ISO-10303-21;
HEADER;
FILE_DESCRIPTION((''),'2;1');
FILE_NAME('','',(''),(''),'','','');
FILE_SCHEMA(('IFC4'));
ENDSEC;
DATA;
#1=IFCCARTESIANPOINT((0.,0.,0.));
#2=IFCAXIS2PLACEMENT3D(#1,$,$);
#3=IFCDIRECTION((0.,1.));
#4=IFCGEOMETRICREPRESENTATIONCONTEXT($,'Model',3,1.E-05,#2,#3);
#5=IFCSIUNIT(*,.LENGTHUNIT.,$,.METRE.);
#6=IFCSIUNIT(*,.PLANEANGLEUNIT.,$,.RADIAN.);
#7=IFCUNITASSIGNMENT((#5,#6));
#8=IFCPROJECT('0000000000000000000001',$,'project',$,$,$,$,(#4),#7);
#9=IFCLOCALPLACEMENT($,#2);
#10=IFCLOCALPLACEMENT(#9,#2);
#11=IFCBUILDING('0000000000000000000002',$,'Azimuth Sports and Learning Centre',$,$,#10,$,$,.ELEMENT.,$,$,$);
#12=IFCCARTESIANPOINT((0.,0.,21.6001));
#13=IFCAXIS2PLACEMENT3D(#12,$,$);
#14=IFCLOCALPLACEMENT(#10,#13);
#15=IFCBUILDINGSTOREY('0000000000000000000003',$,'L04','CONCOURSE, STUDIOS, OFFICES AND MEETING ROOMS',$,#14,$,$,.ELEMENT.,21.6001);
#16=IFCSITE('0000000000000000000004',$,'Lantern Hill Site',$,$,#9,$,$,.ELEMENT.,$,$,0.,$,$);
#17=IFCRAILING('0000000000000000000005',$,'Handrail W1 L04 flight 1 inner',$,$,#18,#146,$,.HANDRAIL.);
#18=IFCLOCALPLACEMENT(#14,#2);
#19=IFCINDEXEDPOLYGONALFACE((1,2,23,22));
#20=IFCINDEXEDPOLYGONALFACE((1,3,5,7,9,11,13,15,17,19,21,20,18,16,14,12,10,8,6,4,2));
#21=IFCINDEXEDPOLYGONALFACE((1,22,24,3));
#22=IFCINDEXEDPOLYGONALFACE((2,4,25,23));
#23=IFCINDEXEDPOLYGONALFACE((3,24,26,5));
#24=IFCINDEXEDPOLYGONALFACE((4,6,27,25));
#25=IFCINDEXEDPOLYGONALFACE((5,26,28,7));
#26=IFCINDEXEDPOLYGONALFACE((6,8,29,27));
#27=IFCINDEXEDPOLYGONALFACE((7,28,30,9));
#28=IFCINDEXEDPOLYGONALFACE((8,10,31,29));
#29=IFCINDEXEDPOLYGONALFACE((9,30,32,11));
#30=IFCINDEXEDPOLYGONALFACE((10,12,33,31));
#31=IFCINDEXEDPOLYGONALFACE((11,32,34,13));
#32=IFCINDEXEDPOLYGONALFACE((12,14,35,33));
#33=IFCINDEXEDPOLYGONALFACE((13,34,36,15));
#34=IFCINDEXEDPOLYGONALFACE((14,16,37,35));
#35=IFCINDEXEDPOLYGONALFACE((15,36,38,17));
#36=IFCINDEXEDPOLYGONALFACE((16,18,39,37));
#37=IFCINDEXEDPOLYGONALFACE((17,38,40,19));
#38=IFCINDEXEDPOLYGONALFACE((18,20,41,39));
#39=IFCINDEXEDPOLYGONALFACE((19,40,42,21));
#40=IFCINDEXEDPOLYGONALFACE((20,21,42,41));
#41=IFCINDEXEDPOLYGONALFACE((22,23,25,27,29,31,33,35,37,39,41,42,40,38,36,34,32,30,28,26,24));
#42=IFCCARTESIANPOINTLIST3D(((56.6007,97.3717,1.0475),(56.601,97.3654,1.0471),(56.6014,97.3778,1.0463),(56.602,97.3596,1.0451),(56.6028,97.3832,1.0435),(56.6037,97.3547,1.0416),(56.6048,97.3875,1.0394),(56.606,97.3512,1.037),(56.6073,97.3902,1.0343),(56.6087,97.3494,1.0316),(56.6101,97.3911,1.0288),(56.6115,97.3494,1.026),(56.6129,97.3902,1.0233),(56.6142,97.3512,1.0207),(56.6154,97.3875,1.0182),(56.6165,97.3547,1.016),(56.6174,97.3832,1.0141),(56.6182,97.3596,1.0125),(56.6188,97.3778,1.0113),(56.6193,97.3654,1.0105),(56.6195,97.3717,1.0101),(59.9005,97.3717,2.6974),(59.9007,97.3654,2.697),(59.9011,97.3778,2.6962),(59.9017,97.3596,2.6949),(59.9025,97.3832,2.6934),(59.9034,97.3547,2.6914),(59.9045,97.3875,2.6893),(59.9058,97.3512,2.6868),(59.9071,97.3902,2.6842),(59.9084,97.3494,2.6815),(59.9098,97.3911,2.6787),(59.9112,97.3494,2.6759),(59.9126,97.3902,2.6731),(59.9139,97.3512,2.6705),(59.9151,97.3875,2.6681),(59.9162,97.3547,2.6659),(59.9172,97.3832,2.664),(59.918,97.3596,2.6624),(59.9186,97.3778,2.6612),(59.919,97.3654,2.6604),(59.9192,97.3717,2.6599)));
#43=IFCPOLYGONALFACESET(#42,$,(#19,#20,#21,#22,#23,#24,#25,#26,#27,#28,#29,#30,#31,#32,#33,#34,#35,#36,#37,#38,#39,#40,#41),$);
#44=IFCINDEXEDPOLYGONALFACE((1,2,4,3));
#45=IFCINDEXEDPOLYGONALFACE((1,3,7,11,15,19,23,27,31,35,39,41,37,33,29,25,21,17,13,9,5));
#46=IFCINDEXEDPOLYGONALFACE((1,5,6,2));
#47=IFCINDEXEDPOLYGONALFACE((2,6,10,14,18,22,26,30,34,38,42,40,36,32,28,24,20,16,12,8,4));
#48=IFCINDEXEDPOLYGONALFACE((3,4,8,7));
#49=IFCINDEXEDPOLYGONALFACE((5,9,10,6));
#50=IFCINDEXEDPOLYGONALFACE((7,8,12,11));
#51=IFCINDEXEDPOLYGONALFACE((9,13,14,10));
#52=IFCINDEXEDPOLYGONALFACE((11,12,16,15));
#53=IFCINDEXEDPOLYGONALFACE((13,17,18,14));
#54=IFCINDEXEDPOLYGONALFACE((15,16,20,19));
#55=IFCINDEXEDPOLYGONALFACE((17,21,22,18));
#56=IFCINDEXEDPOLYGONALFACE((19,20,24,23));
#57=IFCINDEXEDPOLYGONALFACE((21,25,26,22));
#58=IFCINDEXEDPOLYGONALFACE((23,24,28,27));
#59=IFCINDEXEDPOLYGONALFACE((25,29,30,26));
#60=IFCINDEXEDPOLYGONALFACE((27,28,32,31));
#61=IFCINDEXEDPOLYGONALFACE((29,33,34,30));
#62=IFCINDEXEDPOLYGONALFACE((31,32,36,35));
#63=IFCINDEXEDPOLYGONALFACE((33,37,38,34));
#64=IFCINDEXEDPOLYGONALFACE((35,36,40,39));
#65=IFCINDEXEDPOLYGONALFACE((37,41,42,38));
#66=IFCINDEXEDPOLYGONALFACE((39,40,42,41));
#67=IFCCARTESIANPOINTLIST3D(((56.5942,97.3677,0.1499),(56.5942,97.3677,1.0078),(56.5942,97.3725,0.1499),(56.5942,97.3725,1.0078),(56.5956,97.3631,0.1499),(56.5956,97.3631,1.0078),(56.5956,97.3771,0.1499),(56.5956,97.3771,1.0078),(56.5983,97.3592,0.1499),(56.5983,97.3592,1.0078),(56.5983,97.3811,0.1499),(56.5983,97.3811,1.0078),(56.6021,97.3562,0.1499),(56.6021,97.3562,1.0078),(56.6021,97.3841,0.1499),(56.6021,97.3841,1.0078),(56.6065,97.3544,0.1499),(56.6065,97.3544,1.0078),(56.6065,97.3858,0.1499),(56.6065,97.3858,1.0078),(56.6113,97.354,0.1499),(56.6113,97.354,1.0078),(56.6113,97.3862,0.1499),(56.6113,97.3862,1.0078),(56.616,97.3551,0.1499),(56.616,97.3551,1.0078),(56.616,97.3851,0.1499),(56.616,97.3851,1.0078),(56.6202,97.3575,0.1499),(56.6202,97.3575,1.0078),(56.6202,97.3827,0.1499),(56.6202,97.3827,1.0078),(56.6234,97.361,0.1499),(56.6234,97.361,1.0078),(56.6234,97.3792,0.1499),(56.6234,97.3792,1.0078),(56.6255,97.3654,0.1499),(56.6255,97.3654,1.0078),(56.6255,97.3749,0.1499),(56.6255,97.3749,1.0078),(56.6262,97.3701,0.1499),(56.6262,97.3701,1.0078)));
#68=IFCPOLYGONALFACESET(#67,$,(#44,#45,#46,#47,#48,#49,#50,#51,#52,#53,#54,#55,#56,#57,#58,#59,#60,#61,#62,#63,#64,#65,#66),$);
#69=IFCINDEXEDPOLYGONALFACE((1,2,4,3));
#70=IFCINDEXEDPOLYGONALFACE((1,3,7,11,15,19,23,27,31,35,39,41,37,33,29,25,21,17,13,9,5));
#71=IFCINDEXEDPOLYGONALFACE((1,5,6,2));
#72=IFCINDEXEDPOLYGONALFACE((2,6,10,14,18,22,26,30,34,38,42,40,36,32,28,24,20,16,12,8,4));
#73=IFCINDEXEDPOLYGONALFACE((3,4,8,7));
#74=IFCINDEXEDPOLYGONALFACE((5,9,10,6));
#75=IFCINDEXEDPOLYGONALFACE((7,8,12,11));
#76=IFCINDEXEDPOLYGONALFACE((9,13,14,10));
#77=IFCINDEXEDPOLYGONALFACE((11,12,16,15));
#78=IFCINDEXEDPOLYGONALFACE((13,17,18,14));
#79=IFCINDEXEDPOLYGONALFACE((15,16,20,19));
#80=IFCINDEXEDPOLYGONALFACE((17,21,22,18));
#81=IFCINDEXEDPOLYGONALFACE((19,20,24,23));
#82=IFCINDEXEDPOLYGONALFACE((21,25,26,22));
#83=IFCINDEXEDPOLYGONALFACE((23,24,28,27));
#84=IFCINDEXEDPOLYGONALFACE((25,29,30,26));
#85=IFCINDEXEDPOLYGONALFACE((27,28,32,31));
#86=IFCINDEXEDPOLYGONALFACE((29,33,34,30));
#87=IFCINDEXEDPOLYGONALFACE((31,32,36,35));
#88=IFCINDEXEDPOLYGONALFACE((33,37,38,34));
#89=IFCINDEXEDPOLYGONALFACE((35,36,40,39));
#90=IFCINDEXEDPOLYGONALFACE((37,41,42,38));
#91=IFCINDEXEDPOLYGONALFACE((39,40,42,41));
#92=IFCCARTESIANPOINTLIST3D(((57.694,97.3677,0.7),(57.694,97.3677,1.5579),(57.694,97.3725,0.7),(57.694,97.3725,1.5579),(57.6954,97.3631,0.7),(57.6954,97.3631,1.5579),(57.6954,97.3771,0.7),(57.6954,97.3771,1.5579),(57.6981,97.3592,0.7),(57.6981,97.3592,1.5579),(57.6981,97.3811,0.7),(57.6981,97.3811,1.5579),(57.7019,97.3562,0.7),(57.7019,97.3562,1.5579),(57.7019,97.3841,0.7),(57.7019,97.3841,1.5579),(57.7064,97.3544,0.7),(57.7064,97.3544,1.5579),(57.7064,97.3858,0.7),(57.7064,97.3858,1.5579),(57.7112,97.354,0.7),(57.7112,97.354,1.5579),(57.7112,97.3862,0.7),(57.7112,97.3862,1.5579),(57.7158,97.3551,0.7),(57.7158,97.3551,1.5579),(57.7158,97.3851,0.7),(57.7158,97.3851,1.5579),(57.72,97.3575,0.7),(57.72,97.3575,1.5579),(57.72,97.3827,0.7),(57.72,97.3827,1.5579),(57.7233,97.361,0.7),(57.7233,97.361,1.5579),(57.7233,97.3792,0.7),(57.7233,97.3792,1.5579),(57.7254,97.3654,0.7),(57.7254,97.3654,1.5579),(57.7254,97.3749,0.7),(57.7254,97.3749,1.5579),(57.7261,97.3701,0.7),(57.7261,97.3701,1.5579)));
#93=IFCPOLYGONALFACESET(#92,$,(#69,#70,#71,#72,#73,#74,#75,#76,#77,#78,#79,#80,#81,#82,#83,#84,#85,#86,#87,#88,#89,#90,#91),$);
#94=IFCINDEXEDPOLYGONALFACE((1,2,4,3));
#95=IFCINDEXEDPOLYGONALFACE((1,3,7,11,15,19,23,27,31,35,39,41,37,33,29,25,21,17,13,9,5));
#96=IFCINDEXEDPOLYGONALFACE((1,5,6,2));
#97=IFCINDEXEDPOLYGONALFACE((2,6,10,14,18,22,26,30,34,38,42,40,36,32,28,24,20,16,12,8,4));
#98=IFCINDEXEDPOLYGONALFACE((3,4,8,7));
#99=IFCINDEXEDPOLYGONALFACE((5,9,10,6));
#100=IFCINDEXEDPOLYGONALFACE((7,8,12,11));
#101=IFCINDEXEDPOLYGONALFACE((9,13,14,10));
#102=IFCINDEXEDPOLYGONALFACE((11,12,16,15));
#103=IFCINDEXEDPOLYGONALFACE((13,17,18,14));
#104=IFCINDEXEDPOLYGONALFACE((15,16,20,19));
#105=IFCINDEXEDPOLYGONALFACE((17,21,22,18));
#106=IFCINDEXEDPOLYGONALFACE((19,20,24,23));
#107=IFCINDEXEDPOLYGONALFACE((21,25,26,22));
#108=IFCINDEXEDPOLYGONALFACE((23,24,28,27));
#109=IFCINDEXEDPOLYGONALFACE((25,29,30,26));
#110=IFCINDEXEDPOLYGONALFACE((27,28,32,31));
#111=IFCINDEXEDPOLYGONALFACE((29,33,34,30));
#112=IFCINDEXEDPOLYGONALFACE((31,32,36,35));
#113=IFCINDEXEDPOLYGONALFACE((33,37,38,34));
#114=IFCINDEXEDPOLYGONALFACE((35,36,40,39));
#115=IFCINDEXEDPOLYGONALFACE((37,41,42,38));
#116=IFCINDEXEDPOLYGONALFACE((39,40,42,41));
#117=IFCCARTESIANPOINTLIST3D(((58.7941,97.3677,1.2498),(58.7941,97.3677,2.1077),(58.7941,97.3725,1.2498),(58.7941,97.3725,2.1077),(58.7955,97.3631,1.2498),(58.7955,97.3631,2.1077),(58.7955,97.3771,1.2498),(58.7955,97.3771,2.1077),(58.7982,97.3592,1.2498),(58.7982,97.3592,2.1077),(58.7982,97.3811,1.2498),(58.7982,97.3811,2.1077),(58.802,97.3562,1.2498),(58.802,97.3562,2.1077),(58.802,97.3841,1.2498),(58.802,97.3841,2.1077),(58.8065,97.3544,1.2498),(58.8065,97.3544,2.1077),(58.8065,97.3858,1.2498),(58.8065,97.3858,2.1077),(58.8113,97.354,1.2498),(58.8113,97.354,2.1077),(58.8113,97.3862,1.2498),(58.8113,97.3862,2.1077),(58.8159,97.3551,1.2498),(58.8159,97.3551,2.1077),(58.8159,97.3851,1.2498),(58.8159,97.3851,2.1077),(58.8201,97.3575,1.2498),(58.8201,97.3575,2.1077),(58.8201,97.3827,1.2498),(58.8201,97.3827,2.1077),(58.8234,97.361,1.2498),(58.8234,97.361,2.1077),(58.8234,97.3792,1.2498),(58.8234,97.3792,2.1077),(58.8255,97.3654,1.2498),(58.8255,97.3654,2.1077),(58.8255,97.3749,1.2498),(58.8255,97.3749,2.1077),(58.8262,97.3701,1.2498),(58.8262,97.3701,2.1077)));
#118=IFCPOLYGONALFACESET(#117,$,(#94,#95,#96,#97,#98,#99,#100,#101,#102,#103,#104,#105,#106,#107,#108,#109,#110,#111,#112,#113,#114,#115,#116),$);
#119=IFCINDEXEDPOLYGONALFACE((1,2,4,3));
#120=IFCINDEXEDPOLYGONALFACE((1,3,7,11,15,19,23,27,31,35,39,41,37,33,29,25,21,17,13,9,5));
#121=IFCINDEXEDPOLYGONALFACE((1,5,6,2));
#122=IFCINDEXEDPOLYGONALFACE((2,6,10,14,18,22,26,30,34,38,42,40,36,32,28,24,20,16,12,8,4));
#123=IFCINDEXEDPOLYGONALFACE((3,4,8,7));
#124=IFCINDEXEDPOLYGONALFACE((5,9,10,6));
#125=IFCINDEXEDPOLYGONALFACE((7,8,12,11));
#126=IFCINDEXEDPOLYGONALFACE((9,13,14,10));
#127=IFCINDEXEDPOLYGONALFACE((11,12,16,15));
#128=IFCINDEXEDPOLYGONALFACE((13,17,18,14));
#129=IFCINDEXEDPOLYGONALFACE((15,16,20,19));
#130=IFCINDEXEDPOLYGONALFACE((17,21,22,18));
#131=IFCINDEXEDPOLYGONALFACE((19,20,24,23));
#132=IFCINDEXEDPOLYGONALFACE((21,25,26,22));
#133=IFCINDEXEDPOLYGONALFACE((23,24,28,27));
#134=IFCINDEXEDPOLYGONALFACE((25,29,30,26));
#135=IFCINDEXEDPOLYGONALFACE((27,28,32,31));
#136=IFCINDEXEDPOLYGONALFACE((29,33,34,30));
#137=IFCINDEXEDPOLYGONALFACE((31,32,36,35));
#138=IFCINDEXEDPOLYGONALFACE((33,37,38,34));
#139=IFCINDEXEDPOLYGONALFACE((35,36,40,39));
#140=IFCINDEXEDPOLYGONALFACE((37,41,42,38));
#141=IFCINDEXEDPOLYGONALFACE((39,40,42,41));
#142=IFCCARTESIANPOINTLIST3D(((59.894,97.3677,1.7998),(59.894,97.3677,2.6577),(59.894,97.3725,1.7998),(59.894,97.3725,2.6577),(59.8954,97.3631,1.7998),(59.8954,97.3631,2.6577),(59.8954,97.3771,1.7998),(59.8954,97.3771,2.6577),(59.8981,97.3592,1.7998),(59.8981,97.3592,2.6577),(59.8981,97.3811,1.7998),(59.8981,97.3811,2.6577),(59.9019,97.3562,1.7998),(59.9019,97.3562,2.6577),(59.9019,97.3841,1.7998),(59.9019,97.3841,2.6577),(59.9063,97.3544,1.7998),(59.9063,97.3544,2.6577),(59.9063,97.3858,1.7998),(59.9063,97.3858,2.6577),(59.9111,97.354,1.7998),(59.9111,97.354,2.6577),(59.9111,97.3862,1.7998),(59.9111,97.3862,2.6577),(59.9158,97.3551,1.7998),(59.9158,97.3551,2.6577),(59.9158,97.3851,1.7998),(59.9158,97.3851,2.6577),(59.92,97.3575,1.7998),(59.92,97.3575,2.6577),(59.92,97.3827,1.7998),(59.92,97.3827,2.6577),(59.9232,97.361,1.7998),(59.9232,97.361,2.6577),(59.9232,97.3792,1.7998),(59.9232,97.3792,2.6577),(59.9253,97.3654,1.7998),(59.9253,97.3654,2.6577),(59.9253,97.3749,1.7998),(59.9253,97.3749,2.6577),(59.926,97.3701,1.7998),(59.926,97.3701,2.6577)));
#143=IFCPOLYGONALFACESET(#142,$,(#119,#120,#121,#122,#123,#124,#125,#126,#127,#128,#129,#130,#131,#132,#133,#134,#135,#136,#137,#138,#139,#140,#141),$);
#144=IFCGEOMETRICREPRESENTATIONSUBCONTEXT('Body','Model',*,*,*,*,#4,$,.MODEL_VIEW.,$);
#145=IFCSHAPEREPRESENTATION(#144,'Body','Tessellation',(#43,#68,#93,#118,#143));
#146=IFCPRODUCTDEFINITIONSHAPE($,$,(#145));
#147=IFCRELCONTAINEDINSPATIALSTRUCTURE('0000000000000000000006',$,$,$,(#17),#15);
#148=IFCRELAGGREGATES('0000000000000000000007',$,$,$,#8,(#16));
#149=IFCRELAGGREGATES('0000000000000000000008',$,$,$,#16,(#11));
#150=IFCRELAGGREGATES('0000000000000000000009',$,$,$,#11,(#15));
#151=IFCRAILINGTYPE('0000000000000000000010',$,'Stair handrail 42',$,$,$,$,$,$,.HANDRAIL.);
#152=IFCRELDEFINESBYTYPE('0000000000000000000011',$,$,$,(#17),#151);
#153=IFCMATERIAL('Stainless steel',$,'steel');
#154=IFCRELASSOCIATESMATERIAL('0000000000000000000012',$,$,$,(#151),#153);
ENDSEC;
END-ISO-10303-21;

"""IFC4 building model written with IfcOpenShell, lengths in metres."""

from ifc_helpers import new_model, si_unit, direction, frame, origin, origin_2d, place, context, subcontext, project, spatial, circle, extrude, material, type_object, element, save


model = new_model("IFC4")

# Units and contexts
model_context = context("Model", 3, precision=1e-05, world=origin(), true_north=direction((0.0, 1.0)))
body_context = subcontext(model_context, "Body", "Model", "MODEL_VIEW")
ifc_project = project(units=[si_unit("LENGTHUNIT", "METRE"), si_unit("PLANEANGLEUNIT", "RADIAN")], contexts=[model_context])

# Site, building, storey
site_placement = place(None, origin())
site = spatial("IfcSite", under=ifc_project, at=site_placement, Name="Lantern Hill Site", CompositionType="ELEMENT", RefElevation=0.0)
building_placement = place(site_placement, origin())
building = spatial("IfcBuilding", under=site, at=building_placement, Name="Azimuth Sports and Learning Centre", CompositionType="ELEMENT")
storey_placement = place(building_placement, frame((0.0, 0.0, 21.6001)))
storey = spatial("IfcBuildingStorey", under=building, at=storey_placement, Name="L04", Description="CONCOURSE, STUDIOS, OFFICES AND MEETING ROOMS", CompositionType="ELEMENT", Elevation=21.6001)

# Railing
ifc_material_1 = material(Name="Stainless steel", Category="steel")
railing_type_1 = type_object("IfcRailingType", Name="Stair handrail 42", PredefinedType="HANDRAIL", material=ifc_material_1)
for number, where, name in (
    (1, (56.6101, 97.3701, 0.1499), "Handrail W1 L04 flight 1 inner"),
):
    element("IfcRailing", number, at=place(storey_placement, frame(where)), inside=storey, type_object=railing_type_1, Name=name, PredefinedType="HANDRAIL", context=body_context, shape_type="SweptSolid", body=[
        extrude(circle(Radius=0.021, at=origin_2d()), frame((0.0, 0.0, 0.8789), z_axis=(0.894427, 0.0, 0.447214), x_axis=(0.0, 1.0, 0.0)), (0.0, 0.0, 1.0), 3.6892),
        extrude(circle(Radius=0.0161, at=origin_2d()), origin(), (0.0, 0.0, 1.0), 0.8579),
        extrude(circle(Radius=0.0161, at=origin_2d()), frame((1.0999, 0.0, 0.55)), (0.0, 0.0, 1.0), 0.8579),
        extrude(circle(Radius=0.0161, at=origin_2d()), frame((2.2, 0.0, 1.0999)), (0.0, 0.0, 1.0), 0.8579),
        extrude(circle(Radius=0.0161, at=origin_2d()), frame((3.2998, 0.0, 1.6499)), (0.0, 0.0, 1.0), 0.8579),
    ])

save(model, "model.ifc")
